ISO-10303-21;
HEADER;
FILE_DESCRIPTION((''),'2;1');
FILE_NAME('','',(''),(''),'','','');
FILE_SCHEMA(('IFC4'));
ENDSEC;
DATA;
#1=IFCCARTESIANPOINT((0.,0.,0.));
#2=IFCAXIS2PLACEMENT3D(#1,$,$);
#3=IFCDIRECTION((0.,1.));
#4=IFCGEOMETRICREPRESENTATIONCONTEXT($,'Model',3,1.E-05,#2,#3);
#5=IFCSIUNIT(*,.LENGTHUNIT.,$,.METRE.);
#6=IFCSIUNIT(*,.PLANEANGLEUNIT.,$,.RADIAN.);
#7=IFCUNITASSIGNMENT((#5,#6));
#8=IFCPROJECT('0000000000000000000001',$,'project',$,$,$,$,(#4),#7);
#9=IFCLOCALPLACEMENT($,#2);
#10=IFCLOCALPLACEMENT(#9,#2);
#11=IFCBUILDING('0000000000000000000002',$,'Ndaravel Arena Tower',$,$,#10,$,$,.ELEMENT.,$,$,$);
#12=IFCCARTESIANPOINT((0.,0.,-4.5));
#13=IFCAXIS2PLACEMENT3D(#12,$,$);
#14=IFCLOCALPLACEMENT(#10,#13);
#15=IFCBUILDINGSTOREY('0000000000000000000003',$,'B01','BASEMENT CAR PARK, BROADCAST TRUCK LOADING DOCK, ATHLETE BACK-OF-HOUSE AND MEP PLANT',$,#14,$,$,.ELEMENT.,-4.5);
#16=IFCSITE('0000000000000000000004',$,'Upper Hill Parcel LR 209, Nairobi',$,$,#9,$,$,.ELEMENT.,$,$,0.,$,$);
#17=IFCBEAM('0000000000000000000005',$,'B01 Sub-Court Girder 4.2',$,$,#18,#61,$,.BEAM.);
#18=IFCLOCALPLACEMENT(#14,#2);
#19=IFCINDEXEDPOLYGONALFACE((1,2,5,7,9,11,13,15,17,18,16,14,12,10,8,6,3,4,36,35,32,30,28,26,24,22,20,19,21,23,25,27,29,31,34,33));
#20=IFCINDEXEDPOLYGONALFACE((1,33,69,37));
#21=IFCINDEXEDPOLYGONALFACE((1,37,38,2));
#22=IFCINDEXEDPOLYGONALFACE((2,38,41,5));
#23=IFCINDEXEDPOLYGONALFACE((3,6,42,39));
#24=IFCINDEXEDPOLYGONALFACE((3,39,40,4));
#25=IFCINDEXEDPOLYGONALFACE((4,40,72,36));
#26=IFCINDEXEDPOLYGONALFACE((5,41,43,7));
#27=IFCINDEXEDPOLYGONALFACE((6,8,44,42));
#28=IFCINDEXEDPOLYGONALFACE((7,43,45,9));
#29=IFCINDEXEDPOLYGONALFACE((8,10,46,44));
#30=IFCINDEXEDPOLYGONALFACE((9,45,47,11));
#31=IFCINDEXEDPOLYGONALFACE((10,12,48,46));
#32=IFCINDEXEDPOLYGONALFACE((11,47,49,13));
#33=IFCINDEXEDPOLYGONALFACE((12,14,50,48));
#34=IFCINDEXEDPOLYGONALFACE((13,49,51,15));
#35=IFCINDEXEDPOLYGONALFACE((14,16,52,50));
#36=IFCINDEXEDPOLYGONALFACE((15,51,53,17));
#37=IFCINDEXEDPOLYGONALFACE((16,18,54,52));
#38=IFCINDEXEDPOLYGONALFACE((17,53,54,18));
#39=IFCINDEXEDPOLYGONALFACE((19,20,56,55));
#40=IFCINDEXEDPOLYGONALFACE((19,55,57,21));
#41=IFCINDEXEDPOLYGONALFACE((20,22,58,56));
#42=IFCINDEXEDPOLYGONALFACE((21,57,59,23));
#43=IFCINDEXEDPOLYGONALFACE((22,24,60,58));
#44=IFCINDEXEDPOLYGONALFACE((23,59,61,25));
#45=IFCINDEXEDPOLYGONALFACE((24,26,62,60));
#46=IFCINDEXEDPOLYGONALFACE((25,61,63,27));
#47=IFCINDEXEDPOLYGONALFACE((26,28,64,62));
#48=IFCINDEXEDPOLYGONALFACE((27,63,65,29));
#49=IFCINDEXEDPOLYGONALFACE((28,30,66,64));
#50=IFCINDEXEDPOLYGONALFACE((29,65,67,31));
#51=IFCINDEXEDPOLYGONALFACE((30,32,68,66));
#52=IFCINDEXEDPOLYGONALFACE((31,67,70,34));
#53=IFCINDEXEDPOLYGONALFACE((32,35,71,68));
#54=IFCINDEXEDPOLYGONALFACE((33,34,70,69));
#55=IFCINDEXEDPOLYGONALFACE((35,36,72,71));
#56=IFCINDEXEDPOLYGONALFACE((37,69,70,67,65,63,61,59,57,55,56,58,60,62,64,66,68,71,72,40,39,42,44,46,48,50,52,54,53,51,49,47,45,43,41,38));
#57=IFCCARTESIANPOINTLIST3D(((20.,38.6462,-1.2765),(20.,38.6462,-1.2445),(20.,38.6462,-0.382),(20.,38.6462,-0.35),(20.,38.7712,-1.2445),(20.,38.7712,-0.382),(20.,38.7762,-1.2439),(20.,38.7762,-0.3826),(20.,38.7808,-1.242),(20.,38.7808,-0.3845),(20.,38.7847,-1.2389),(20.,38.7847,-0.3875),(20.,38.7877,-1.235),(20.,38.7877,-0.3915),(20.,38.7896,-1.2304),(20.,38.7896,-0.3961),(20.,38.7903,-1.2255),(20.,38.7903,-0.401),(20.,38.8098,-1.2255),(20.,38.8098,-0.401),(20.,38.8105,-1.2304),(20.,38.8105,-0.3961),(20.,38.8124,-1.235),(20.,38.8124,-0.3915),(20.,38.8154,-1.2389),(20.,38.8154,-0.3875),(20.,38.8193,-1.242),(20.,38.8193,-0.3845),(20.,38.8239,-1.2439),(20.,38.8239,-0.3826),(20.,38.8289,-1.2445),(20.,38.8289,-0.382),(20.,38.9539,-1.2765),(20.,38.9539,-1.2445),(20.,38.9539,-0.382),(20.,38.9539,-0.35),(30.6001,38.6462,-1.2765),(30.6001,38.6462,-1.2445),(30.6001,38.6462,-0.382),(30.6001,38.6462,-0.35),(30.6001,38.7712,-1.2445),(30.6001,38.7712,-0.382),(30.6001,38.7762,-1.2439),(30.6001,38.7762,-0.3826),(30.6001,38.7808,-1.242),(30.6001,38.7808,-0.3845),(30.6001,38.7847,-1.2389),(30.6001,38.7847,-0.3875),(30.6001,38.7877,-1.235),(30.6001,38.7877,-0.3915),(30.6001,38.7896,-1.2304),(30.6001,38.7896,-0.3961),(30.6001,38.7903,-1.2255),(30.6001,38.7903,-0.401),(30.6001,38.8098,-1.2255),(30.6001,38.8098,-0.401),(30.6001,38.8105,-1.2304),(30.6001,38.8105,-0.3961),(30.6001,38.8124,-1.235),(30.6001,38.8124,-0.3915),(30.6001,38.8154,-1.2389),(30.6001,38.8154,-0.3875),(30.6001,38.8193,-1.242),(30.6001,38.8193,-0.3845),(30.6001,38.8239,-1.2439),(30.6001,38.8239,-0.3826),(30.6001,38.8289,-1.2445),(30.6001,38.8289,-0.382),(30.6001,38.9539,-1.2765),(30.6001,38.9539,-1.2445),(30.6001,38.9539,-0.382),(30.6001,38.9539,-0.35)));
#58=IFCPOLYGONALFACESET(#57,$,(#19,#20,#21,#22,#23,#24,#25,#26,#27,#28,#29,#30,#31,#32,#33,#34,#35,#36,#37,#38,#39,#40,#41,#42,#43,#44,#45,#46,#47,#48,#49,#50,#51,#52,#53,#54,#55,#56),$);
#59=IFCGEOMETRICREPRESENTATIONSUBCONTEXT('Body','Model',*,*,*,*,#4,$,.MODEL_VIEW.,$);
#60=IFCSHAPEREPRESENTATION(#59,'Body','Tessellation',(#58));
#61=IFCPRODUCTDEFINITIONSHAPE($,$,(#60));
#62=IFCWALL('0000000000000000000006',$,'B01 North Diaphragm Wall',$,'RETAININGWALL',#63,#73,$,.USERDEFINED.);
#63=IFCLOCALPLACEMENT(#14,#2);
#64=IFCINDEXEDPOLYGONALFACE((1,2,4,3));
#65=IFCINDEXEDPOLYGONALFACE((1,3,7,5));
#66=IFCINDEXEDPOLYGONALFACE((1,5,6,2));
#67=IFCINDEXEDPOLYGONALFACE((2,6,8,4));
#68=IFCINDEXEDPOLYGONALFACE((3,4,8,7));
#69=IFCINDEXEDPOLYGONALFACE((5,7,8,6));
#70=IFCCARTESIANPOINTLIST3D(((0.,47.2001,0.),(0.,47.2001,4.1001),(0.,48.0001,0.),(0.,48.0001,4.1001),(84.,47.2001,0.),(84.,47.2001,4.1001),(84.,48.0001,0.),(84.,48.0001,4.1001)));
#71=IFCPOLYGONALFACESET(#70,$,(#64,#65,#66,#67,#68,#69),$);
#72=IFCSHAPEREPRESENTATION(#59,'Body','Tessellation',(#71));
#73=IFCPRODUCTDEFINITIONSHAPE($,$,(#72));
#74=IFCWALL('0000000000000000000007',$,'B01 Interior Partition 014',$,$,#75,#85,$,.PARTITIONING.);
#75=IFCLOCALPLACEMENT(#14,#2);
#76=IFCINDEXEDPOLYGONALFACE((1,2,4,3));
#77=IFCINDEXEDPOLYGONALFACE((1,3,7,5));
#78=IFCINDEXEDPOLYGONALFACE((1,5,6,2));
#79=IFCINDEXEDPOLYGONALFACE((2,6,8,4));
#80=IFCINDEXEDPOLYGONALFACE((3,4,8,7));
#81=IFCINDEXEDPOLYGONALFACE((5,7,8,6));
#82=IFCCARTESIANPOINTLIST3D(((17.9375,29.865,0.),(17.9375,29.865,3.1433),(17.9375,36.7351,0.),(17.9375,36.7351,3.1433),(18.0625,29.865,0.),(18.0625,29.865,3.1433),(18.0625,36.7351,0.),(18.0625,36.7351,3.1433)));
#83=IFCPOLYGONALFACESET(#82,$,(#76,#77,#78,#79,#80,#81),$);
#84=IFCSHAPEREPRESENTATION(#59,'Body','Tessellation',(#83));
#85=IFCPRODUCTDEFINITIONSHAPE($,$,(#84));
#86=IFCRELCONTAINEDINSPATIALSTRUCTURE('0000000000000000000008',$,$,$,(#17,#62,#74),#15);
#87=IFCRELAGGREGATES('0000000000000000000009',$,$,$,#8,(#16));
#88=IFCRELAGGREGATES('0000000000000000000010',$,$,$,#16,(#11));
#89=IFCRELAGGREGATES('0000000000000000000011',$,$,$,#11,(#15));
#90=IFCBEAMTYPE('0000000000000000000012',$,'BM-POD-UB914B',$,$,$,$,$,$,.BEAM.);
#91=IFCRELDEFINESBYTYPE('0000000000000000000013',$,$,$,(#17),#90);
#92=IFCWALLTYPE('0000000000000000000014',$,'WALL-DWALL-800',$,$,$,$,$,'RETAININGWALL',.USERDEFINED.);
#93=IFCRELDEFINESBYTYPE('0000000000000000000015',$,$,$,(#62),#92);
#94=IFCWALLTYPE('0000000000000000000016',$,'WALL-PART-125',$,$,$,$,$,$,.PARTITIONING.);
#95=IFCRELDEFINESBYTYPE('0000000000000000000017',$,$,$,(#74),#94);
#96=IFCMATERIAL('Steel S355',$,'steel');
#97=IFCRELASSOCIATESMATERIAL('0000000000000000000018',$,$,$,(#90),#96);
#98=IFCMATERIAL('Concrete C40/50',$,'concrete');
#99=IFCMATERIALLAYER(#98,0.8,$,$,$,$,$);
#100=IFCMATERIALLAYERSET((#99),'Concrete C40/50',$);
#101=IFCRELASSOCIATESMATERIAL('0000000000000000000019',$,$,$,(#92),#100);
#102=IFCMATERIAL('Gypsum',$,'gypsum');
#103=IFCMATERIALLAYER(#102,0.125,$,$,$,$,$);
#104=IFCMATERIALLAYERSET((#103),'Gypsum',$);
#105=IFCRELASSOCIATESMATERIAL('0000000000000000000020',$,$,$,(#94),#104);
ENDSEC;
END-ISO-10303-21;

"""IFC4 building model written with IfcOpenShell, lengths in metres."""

from ifc_helpers import new_model, si_unit, direction, frame, frame_2d, origin, origin_2d, place, context, subcontext, project, spatial, rectangle, i_section, extrude, material, layer, layer_set, material_profile, profile_set, type_object, element, save


model = new_model("IFC4")

# Units and contexts
model_context = context("Model", 3, precision=1e-05, world=origin(), true_north=direction((0.0, 1.0)))
body_context = subcontext(model_context, "Body", "Model", "MODEL_VIEW")
ifc_project = project(units=[si_unit("LENGTHUNIT", "METRE"), si_unit("PLANEANGLEUNIT", "RADIAN")], contexts=[model_context])

# Site, building, storey
site_placement = place(None, origin())
site = spatial("IfcSite", under=ifc_project, at=site_placement, Name="Upper Hill Parcel LR 209, Nairobi", CompositionType="ELEMENT", RefElevation=0.0)
building_placement = place(site_placement, origin())
building = spatial("IfcBuilding", under=site, at=building_placement, Name="Ndaravel Arena Tower", CompositionType="ELEMENT")
storey_placement = place(building_placement, frame((0.0, 0.0, -4.5)))
storey = spatial("IfcBuildingStorey", under=building, at=storey_placement, Name="B01", Description="BASEMENT CAR PARK, BROADCAST TRUCK LOADING DOCK, ATHLETE BACK-OF-HOUSE AND MEP PLANT", CompositionType="ELEMENT", Elevation=-4.5)

# Beam
ifc_material_1 = material(Name="Steel S355", Category="steel")
ifc_material_profile_1 = material_profile(ifc_material_1, i_section(OverallWidth=0.3076, OverallDepth=0.9265, WebThickness=0.0195, FlangeThickness=0.032, FilletRadius=0.019, at=origin_2d()), Name="UB 914x305x289")
ifc_profile_set_1 = profile_set([ifc_material_profile_1], Name="Steel S355")
beam_type_1 = type_object("IfcBeamType", Name="BM-POD-UB914B", PredefinedType="BEAM", material=ifc_profile_set_1)
beam_1_placement = place(storey_placement, frame((20.0, 38.8, -0.8132), z_axis=(1.0, 0.0, 0.0), x_axis=(0.0, 1.0, 0.0)))
element("IfcBeam", 1, at=beam_1_placement, inside=storey, type_object=beam_type_1, Name="B01 Sub-Court Girder 4.2", PredefinedType="BEAM", context=body_context, shape_type="SweptSolid", body=[
    extrude(i_section(OverallWidth=0.3076, OverallDepth=0.9265, WebThickness=0.0195, FlangeThickness=0.032, FilletRadius=0.019, at=origin_2d()), origin(), (0.0, 0.0, 1.0), 10.6001),
])

# Walls
ifc_material_2 = material(Name="Concrete C40/50", Category="concrete")
ifc_layer_1 = layer(ifc_material_2, 0.8)
ifc_layer_set_1 = layer_set([ifc_layer_1], Name="Concrete C40/50")
wall_type_1 = type_object("IfcWallType", Name="WALL-DWALL-800", ElementType="RETAININGWALL", PredefinedType="USERDEFINED", material=ifc_layer_set_1)
wall_1_placement = place(storey_placement, frame((0.0, 47.6001, 0.0), z_axis=(0.0, 0.0, 1.0), x_axis=(1.0, 0.0, 0.0)))
element("IfcWall", 2, at=wall_1_placement, inside=storey, type_object=wall_type_1, Name="B01 North Diaphragm Wall", ObjectType="RETAININGWALL", PredefinedType="USERDEFINED", context=body_context, shape_type="SweptSolid", body=[
    extrude(rectangle(XDim=84.0, YDim=0.8, at=frame_2d((42.0, 0.0))), origin(), (0.0, 0.0, 1.0), 4.1001),
])
ifc_material_3 = material(Name="Gypsum", Category="gypsum")
ifc_layer_2 = layer(ifc_material_3, 0.125)
ifc_layer_set_2 = layer_set([ifc_layer_2], Name="Gypsum")
wall_type_2 = type_object("IfcWallType", Name="WALL-PART-125", PredefinedType="PARTITIONING", material=ifc_layer_set_2)
wall_2_placement = place(storey_placement, frame((18.0, 36.7351, 0.0), z_axis=(0.0, 0.0, 1.0), x_axis=(0.0, -1.0, 0.0)))
element("IfcWall", 3, at=wall_2_placement, inside=storey, type_object=wall_type_2, Name="B01 Interior Partition 014", PredefinedType="PARTITIONING", context=body_context, shape_type="SweptSolid", body=[
    extrude(rectangle(XDim=6.8701, YDim=0.125, at=frame_2d((3.4351, 0.0))), origin(), (0.0, 0.0, 1.0), 3.1433),
])

save(model, "model.ifc")
